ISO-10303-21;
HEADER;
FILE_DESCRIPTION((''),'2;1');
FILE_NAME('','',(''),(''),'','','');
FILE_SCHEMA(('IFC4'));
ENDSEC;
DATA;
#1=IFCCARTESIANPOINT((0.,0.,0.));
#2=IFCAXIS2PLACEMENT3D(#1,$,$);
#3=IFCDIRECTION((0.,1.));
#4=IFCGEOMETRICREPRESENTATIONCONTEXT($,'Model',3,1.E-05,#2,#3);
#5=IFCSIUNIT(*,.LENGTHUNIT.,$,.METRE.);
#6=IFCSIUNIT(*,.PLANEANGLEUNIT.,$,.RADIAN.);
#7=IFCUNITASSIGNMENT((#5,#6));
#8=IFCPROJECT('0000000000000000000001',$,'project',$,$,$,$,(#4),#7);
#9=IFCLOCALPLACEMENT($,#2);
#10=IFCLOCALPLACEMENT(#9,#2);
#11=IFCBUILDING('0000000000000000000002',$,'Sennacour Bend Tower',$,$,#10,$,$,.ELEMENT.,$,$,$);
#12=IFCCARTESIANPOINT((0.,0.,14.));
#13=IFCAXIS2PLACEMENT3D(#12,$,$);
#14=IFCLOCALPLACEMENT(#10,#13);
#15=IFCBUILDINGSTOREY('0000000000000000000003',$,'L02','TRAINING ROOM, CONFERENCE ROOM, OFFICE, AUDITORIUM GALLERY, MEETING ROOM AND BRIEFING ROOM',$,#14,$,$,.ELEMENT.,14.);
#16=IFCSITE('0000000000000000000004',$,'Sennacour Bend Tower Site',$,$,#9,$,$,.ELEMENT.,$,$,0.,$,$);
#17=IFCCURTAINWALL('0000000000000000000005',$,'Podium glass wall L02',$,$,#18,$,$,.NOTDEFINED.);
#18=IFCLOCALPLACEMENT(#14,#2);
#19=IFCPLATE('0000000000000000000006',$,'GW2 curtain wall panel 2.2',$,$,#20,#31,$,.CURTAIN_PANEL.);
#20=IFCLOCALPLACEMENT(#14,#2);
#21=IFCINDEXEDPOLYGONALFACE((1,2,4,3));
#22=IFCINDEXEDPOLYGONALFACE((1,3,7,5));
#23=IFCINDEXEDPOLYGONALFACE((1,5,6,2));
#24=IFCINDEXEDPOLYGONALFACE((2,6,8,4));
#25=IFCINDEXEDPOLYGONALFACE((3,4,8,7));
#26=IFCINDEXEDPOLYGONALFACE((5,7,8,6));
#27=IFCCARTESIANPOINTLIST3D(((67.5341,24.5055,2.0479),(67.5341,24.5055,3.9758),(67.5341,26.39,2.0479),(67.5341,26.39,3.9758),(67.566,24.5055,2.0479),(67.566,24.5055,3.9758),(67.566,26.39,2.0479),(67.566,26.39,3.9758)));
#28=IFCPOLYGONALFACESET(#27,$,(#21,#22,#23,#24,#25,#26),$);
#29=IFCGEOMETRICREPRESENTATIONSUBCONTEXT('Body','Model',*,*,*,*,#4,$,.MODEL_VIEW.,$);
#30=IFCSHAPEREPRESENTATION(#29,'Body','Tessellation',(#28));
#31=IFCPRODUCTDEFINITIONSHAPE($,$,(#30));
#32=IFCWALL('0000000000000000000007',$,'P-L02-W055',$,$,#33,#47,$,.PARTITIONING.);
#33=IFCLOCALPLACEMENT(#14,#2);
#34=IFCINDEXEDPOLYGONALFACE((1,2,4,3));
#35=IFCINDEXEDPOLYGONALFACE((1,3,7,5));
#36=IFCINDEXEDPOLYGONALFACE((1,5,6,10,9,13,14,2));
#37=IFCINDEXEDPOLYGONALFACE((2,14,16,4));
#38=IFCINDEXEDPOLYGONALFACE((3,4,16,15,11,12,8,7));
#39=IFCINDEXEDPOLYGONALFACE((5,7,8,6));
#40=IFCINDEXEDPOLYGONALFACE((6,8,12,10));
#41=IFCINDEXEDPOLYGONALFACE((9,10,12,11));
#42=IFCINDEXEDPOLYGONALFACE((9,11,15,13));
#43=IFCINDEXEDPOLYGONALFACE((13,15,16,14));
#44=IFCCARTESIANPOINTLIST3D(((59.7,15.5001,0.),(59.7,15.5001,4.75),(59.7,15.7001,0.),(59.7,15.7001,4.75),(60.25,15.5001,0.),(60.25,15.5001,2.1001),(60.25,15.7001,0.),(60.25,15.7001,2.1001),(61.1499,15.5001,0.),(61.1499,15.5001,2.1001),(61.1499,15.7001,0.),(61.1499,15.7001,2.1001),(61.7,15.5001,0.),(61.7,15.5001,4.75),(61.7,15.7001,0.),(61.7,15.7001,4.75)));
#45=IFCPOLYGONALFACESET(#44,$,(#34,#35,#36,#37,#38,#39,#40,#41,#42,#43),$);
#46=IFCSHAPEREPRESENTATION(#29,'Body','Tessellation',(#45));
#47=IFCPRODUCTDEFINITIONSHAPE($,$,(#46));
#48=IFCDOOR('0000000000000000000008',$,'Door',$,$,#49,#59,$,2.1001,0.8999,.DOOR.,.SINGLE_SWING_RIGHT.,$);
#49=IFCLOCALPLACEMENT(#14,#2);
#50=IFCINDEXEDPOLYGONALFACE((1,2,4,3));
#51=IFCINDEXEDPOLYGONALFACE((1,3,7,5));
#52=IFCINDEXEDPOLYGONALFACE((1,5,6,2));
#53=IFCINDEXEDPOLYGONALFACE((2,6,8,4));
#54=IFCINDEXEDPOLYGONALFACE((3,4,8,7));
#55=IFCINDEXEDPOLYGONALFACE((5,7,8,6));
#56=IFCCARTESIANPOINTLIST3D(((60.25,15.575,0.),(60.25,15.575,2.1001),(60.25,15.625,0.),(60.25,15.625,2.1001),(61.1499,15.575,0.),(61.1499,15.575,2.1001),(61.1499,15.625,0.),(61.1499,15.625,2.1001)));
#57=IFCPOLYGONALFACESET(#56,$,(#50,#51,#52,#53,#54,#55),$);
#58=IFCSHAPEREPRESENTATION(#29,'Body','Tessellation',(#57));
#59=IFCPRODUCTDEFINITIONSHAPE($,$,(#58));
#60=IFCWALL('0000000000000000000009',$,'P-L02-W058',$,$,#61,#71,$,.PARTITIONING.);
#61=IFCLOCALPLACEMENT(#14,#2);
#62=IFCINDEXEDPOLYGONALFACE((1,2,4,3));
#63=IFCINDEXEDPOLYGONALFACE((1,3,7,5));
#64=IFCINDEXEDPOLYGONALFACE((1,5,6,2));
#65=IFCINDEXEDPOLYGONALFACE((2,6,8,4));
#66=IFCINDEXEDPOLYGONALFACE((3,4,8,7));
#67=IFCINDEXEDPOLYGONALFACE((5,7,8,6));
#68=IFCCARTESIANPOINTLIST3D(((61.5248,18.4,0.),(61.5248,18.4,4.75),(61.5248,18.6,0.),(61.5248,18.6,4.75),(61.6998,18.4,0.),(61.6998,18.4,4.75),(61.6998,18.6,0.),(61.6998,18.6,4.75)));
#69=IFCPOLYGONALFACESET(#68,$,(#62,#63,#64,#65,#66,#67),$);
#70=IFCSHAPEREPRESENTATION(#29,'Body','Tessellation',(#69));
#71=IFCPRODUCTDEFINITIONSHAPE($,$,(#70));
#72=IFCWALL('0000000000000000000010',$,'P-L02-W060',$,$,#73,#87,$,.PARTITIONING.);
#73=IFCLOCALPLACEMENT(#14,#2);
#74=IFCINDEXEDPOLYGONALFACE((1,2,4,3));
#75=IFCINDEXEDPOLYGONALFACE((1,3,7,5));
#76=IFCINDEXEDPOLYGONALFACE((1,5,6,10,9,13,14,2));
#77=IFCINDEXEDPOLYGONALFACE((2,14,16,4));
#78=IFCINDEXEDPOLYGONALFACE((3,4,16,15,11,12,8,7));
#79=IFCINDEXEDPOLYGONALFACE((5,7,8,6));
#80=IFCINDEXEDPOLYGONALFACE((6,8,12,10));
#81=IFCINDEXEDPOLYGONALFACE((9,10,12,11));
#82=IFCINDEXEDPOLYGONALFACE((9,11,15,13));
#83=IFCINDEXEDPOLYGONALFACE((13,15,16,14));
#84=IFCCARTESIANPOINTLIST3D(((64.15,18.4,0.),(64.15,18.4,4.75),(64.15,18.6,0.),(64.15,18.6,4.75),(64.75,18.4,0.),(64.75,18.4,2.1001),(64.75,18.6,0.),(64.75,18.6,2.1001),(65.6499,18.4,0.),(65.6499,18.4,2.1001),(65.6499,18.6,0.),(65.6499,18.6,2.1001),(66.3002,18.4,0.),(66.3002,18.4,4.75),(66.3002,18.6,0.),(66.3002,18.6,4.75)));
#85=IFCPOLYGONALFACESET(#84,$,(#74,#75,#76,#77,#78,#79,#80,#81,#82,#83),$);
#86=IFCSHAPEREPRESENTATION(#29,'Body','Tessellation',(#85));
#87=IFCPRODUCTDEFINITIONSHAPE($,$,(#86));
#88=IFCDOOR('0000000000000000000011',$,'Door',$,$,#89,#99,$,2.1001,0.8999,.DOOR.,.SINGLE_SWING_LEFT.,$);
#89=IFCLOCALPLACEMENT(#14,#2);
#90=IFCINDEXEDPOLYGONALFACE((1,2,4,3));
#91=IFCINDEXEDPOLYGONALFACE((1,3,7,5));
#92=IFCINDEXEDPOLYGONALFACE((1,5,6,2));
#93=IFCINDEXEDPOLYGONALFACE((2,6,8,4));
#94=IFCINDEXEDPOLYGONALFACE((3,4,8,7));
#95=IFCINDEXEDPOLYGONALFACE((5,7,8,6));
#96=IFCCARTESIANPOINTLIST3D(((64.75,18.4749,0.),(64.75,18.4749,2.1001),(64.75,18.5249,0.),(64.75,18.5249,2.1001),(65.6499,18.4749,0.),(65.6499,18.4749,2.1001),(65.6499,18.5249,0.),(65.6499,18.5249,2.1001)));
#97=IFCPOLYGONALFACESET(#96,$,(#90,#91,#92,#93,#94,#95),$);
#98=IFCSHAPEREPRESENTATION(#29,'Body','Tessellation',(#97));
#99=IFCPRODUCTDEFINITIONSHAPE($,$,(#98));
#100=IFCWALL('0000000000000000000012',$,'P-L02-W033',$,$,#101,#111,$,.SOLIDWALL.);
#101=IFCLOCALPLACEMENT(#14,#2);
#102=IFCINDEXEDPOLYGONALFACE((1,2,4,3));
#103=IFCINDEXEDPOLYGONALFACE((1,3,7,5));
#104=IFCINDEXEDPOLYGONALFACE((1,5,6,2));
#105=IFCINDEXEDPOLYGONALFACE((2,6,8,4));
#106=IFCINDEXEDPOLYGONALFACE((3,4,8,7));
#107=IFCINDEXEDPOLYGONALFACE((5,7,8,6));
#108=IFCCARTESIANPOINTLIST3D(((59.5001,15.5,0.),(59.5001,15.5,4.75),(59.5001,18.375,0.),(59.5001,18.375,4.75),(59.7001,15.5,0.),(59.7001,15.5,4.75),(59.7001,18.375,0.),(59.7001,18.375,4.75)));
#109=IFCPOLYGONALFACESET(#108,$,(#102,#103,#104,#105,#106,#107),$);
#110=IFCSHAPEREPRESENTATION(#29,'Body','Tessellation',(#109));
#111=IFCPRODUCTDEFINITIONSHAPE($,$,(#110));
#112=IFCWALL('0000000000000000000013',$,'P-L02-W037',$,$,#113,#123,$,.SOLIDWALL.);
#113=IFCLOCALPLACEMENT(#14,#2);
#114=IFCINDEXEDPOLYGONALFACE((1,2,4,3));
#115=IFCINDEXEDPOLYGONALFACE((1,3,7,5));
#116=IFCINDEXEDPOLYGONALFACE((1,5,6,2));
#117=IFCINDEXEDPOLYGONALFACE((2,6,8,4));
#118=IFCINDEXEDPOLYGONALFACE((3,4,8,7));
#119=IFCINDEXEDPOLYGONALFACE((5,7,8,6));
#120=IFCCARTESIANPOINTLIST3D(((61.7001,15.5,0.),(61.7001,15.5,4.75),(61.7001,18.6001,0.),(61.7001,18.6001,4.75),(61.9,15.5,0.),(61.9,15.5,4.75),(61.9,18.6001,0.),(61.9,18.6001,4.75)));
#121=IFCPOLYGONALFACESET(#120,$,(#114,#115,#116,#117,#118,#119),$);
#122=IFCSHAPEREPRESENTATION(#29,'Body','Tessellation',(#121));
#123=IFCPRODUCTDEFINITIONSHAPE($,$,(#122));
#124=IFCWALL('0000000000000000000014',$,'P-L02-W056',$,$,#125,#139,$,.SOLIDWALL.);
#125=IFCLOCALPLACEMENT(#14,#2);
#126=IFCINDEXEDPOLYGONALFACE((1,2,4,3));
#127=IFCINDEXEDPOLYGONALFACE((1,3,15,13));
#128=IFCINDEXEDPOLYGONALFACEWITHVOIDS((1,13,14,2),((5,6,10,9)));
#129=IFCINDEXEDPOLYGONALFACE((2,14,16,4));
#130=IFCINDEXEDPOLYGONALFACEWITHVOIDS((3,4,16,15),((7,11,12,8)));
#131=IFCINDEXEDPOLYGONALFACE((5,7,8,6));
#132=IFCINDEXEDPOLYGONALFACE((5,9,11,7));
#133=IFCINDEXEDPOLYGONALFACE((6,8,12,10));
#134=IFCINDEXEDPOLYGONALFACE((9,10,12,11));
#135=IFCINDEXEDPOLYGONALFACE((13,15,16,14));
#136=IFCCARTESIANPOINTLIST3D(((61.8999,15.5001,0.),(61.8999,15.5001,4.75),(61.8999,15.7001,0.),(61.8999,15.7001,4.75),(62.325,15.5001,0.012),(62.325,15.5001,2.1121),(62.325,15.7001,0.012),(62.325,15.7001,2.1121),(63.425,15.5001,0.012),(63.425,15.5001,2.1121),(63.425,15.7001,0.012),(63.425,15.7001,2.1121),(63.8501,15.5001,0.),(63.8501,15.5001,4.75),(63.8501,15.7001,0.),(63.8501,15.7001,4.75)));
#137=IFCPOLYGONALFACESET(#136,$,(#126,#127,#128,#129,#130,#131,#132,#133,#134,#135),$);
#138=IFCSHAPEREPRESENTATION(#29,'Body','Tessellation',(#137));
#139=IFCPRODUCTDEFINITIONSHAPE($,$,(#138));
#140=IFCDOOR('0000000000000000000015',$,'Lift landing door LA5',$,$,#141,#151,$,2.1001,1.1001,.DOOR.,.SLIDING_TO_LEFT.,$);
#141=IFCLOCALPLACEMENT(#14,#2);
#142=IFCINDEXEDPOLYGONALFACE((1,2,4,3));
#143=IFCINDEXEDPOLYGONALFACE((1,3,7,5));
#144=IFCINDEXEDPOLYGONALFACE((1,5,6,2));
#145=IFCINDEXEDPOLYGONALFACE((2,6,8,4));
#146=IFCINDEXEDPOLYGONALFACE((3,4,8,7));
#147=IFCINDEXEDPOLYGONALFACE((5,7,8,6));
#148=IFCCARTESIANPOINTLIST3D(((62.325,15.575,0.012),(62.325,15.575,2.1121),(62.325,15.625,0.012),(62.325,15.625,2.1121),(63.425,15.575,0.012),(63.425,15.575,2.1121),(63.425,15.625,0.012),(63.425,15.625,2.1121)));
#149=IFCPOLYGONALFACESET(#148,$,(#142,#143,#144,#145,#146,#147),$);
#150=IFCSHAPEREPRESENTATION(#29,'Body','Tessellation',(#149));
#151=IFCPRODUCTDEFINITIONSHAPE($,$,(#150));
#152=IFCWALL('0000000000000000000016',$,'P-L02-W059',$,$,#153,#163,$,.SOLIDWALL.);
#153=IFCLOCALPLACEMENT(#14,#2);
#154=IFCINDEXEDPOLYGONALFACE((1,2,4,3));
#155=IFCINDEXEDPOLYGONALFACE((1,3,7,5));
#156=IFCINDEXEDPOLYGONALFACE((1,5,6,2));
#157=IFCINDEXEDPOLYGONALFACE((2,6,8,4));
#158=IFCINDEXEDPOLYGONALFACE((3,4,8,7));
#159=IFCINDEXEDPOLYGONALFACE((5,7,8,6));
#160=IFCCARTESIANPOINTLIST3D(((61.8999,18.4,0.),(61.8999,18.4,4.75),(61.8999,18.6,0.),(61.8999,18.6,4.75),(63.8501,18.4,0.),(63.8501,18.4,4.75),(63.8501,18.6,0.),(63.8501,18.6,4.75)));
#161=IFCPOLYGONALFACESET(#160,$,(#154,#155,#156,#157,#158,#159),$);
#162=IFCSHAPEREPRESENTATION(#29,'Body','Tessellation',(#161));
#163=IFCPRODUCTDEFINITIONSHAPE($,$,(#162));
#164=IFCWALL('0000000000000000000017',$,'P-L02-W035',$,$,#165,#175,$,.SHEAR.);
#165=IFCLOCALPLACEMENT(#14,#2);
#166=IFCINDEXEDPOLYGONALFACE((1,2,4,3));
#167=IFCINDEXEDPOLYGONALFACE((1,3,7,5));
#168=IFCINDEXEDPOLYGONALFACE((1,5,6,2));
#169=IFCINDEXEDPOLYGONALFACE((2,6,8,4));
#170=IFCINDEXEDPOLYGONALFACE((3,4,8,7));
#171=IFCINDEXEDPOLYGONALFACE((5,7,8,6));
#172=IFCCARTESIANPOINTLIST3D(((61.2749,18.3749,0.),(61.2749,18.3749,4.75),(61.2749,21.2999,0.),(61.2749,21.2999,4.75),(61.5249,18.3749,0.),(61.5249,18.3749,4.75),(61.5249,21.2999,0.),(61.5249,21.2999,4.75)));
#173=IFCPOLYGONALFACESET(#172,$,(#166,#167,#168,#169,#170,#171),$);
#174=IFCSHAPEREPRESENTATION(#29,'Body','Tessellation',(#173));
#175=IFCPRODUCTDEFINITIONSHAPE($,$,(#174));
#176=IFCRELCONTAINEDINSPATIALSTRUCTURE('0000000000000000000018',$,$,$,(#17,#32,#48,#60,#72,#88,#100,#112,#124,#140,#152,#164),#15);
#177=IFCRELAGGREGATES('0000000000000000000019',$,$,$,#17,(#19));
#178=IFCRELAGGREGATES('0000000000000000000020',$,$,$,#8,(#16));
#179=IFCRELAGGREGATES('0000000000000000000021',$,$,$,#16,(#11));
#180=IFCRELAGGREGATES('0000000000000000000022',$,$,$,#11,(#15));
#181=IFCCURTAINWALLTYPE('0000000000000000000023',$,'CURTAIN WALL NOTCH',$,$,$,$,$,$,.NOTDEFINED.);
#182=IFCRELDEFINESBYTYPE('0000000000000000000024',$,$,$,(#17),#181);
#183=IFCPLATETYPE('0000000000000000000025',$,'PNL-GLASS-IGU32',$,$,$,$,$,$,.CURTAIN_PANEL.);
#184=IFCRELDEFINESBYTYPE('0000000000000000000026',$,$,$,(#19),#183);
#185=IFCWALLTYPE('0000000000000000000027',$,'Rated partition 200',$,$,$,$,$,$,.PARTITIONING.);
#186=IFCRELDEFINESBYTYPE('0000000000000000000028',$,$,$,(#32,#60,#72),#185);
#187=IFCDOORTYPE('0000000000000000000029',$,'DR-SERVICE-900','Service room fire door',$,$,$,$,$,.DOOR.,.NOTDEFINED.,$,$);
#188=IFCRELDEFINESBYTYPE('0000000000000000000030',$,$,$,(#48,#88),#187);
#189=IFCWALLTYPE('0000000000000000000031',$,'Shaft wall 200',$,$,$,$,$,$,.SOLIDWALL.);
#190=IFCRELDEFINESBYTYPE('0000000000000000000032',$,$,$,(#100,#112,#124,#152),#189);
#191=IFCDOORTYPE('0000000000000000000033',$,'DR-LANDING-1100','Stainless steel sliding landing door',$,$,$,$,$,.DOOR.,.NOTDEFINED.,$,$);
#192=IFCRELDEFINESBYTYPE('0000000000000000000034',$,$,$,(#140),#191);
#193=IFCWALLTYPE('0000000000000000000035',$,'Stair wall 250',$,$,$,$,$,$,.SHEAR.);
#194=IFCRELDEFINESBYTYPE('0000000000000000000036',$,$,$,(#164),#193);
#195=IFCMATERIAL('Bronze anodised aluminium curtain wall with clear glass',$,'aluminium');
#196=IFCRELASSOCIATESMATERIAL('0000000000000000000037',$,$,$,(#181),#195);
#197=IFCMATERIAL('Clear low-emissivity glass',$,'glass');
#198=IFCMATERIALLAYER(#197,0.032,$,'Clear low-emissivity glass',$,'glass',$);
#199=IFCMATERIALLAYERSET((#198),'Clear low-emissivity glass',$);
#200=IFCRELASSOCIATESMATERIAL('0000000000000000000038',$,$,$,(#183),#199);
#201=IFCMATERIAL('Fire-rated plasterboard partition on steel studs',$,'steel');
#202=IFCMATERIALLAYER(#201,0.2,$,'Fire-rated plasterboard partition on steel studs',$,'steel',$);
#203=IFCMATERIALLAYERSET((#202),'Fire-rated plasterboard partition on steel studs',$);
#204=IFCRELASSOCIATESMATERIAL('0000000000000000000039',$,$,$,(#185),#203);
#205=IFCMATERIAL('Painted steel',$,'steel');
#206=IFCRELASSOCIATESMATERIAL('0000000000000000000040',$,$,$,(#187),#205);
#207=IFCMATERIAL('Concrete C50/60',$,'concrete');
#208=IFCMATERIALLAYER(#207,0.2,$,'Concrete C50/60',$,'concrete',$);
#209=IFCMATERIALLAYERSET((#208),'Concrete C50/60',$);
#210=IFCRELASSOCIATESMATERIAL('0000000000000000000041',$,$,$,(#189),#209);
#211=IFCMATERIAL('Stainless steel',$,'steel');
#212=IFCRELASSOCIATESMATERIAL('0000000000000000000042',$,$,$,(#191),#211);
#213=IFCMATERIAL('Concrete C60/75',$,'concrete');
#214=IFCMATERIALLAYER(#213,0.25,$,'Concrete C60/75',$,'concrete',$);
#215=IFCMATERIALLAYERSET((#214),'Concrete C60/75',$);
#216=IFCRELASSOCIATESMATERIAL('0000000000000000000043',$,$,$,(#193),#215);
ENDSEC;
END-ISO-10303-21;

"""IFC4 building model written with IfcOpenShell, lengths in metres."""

from ifc_helpers import new_model, si_unit, direction, frame, frame_2d, origin, origin_2d, place, context, subcontext, project, spatial, rectangle, extrude, material, layer, layer_set, type_object, element, fill, aggregate, save


model = new_model("IFC4")

# Units and contexts
model_context = context("Model", 3, precision=1e-05, world=origin(), true_north=direction((0.0, 1.0)))
body_context = subcontext(model_context, "Body", "Model", "MODEL_VIEW")
ifc_project = project(units=[si_unit("LENGTHUNIT", "METRE"), si_unit("PLANEANGLEUNIT", "RADIAN")], contexts=[model_context])

# Site, building, storey
site_placement = place(None, origin())
site = spatial("IfcSite", under=ifc_project, at=site_placement, Name="Sennacour Bend Tower Site", CompositionType="ELEMENT", RefElevation=0.0)
building_placement = place(site_placement, origin())
building = spatial("IfcBuilding", under=site, at=building_placement, Name="Sennacour Bend Tower", CompositionType="ELEMENT")
storey_placement = place(building_placement, frame((0.0, 0.0, 14.0)))
storey = spatial("IfcBuildingStorey", under=building, at=storey_placement, Name="L02", Description="TRAINING ROOM, CONFERENCE ROOM, OFFICE, AUDITORIUM GALLERY, MEETING ROOM AND BRIEFING ROOM", CompositionType="ELEMENT", Elevation=14.0)

# Curtain wall
ifc_material_1 = material(Name="Bronze anodised aluminium curtain wall with clear glass", Category="aluminium")
curtain_wall_type = type_object("IfcCurtainWallType", Name="CURTAIN WALL NOTCH", PredefinedType="NOTDEFINED", material=ifc_material_1)
curtain_wall_placement = place(storey_placement, origin())
curtain_wall = element("IfcCurtainWall", 1, at=curtain_wall_placement, inside=storey, type_object=curtain_wall_type, Name="Podium glass wall L02", PredefinedType="NOTDEFINED")

# Plate
ifc_material_2 = material(Name="Clear low-emissivity glass", Category="glass")
ifc_layer_1 = layer(ifc_material_2, 0.032, Name="Clear low-emissivity glass", Category="glass")
ifc_layer_set_1 = layer_set([ifc_layer_1], Name="Clear low-emissivity glass")
plate_type = type_object("IfcPlateType", Name="PNL-GLASS-IGU32", PredefinedType="CURTAIN_PANEL", material=ifc_layer_set_1)
plate_1_placement = place(storey_placement, frame((67.55, 25.4478, 2.0479), z_axis=(0.0, 0.0, 1.0), x_axis=(0.0, 1.0, 0.0)))
plate_1 = element("IfcPlate", 2, at=plate_1_placement, type_object=plate_type, Name="GW2 curtain wall panel 2.2", PredefinedType="CURTAIN_PANEL", context=body_context, shape_type="SweptSolid", body=[
    extrude(rectangle(XDim=1.8845, YDim=0.032, at=origin_2d()), origin(), (0.0, 0.0, 1.0), 1.928),
])
aggregate(curtain_wall, [plate_1])

# Wall, opening, door
ifc_material_3 = material(Name="Fire-rated plasterboard partition on steel studs", Category="steel")
ifc_layer_2 = layer(ifc_material_3, 0.2, Name="Fire-rated plasterboard partition on steel studs", Category="steel")
ifc_layer_set_2 = layer_set([ifc_layer_2], Name="Fire-rated plasterboard partition on steel studs")
wall_type_1 = type_object("IfcWallType", Name="Rated partition 200", PredefinedType="PARTITIONING", material=ifc_layer_set_2)
wall_1_placement = place(storey_placement, frame((59.7, 15.6001, 0.0), z_axis=(0.0, 0.0, 1.0), x_axis=(1.0, 0.0, 0.0)))
wall_1 = element("IfcWall", 3, at=wall_1_placement, inside=storey, type_object=wall_type_1, Name="P-L02-W055", PredefinedType="PARTITIONING", context=body_context, shape_type="SweptSolid", body=[
    extrude(rectangle(XDim=2.0, YDim=0.2, at=frame_2d((1.0, 0.0))), origin(), (0.0, 0.0, 1.0), 4.75),
])
opening_1_placement = place(wall_1_placement, frame((0.55, 0.0, 0.0)))
opening_1 = element("IfcOpeningElement", 4, at=opening_1_placement, cuts=wall_1, PredefinedType="OPENING", context=body_context, shape_type="SweptSolid", body=[
    extrude(rectangle(XDim=0.8999, YDim=2.1001, at=frame_2d((0.45, 1.05))), frame((0.0, 0.1099, 0.0), z_axis=(0.0, -1.0, 0.0), x_axis=(1.0, 0.0, 0.0)), (0.0, 0.0, 1.0), 0.22),
])
ifc_material_4 = material(Name="Painted steel", Category="steel")
door_type_1 = type_object("IfcDoorType", Name="DR-SERVICE-900", Description="Service room fire door", OperationType="NOTDEFINED", PredefinedType="DOOR", material=ifc_material_4)
door_1_placement = place(opening_1_placement, origin())
door_1 = element("IfcDoor", 5, at=door_1_placement, inside=storey, type_object=door_type_1, Name="Door", OperationType="SINGLE_SWING_RIGHT", OverallHeight=2.1001, OverallWidth=0.8999, PredefinedType="DOOR", context=body_context, shape_type="SweptSolid", body=[
    extrude(rectangle(XDim=0.8999, YDim=2.1001, at=frame_2d((0.45, 1.05))), frame((0.0, 0.0249, 0.0), z_axis=(0.0, -1.0, 0.0), x_axis=(1.0, 0.0, 0.0)), (0.0, 0.0, 1.0), 0.05),
])
fill(opening_1, door_1)

# Wall
wall_2_placement = place(storey_placement, frame((61.5249, 18.5, 0.0), z_axis=(0.0, 0.0, 1.0), x_axis=(1.0, 0.0, 0.0)))
element("IfcWall", 6, at=wall_2_placement, inside=storey, type_object=wall_type_1, Name="P-L02-W058", PredefinedType="PARTITIONING", context=body_context, shape_type="SweptSolid", body=[
    extrude(rectangle(XDim=0.175, YDim=0.2, at=frame_2d((0.0874, 0.0))), origin(), (0.0, 0.0, 1.0), 4.75),
])

# Wall, opening, door
wall_3_placement = place(storey_placement, frame((64.1499, 18.5, 0.0), z_axis=(0.0, 0.0, 1.0), x_axis=(1.0, 0.0, 0.0)))
wall_3 = element("IfcWall", 7, at=wall_3_placement, inside=storey, type_object=wall_type_1, Name="P-L02-W060", PredefinedType="PARTITIONING", context=body_context, shape_type="SweptSolid", body=[
    extrude(rectangle(XDim=2.1501, YDim=0.2, at=frame_2d((1.0752, 0.0))), origin(), (0.0, 0.0, 1.0), 4.75),
])
opening_2_placement = place(wall_3_placement, frame((0.6001, 0.0, 0.0)))
opening_2 = element("IfcOpeningElement", 8, at=opening_2_placement, cuts=wall_3, PredefinedType="OPENING", context=body_context, shape_type="SweptSolid", body=[
    extrude(rectangle(XDim=0.8999, YDim=2.1001, at=frame_2d((0.45, 1.05))), frame((0.0, 0.1099, 0.0), z_axis=(0.0, -1.0, 0.0), x_axis=(1.0, 0.0, 0.0)), (0.0, 0.0, 1.0), 0.22),
])
door_2_placement = place(opening_2_placement, origin())
door_2 = element("IfcDoor", 9, at=door_2_placement, inside=storey, type_object=door_type_1, Name="Door", OperationType="SINGLE_SWING_LEFT", OverallHeight=2.1001, OverallWidth=0.8999, PredefinedType="DOOR", context=body_context, shape_type="SweptSolid", body=[
    extrude(rectangle(XDim=0.8999, YDim=2.1001, at=frame_2d((0.45, 1.05))), frame((0.0, 0.0249, 0.0), z_axis=(0.0, -1.0, 0.0), x_axis=(1.0, 0.0, 0.0)), (0.0, 0.0, 1.0), 0.05),
])
fill(opening_2, door_2)

# Walls
ifc_material_5 = material(Name="Concrete C50/60", Category="concrete")
ifc_layer_3 = layer(ifc_material_5, 0.2, Name="Concrete C50/60", Category="concrete")
ifc_layer_set_3 = layer_set([ifc_layer_3], Name="Concrete C50/60")
wall_type_2 = type_object("IfcWallType", Name="Shaft wall 200", PredefinedType="SOLIDWALL", material=ifc_layer_set_3)
wall_4_placement = place(storey_placement, frame((59.6001, 15.5, 0.0), z_axis=(0.0, 0.0, 1.0), x_axis=(0.0, 1.0, 0.0)))
element("IfcWall", 10, at=wall_4_placement, inside=storey, type_object=wall_type_2, Name="P-L02-W033", PredefinedType="SOLIDWALL", context=body_context, shape_type="SweptSolid", body=[
    extrude(rectangle(XDim=2.875, YDim=0.2, at=frame_2d((1.4375, 0.0))), origin(), (0.0, 0.0, 1.0), 4.75),
])
wall_5_placement = place(storey_placement, frame((61.8, 15.5, 0.0), z_axis=(0.0, 0.0, 1.0), x_axis=(0.0, 1.0, 0.0)))
element("IfcWall", 11, at=wall_5_placement, inside=storey, type_object=wall_type_2, Name="P-L02-W037", PredefinedType="SOLIDWALL", context=body_context, shape_type="SweptSolid", body=[
    extrude(rectangle(XDim=3.1001, YDim=0.2, at=frame_2d((1.55, 0.0))), origin(), (0.0, 0.0, 1.0), 4.75),
])

# Wall, opening, door
wall_6_placement = place(storey_placement, frame((61.8999, 15.6001, 0.0), z_axis=(0.0, 0.0, 1.0), x_axis=(1.0, 0.0, 0.0)))
wall_6 = element("IfcWall", 12, at=wall_6_placement, inside=storey, type_object=wall_type_2, Name="P-L02-W056", PredefinedType="SOLIDWALL", context=body_context, shape_type="SweptSolid", body=[
    extrude(rectangle(XDim=1.9502, YDim=0.2, at=frame_2d((0.9751, 0.0))), origin(), (0.0, 0.0, 1.0), 4.75),
])
opening_3_placement = place(wall_6_placement, frame((0.425, 0.0, 0.012)))
opening_3 = element("IfcOpeningElement", 13, at=opening_3_placement, cuts=wall_6, PredefinedType="OPENING", context=body_context, shape_type="SweptSolid", body=[
    extrude(rectangle(XDim=1.1001, YDim=2.1001, at=frame_2d((0.55, 1.05))), frame((0.0, 0.1099, 0.0), z_axis=(0.0, -1.0, 0.0), x_axis=(1.0, 0.0, 0.0)), (0.0, 0.0, 1.0), 0.22),
])
ifc_material_6 = material(Name="Stainless steel", Category="steel")
door_type_2 = type_object("IfcDoorType", Name="DR-LANDING-1100", Description="Stainless steel sliding landing door", OperationType="NOTDEFINED", PredefinedType="DOOR", material=ifc_material_6)
door_3_placement = place(opening_3_placement, origin())
door_3 = element("IfcDoor", 14, at=door_3_placement, inside=storey, type_object=door_type_2, Name="Lift landing door LA5", OperationType="SLIDING_TO_LEFT", OverallHeight=2.1001, OverallWidth=1.1001, PredefinedType="DOOR", context=body_context, shape_type="SweptSolid", body=[
    extrude(rectangle(XDim=1.1001, YDim=2.1001, at=frame_2d((0.55, 1.05))), frame((0.0, 0.0249, 0.0), z_axis=(0.0, -1.0, 0.0), x_axis=(1.0, 0.0, 0.0)), (0.0, 0.0, 1.0), 0.05),
])
fill(opening_3, door_3)

# Walls
wall_7_placement = place(storey_placement, frame((61.8999, 18.5, 0.0), z_axis=(0.0, 0.0, 1.0), x_axis=(1.0, 0.0, 0.0)))
element("IfcWall", 15, at=wall_7_placement, inside=storey, type_object=wall_type_2, Name="P-L02-W059", PredefinedType="SOLIDWALL", context=body_context, shape_type="SweptSolid", body=[
    extrude(rectangle(XDim=1.9502, YDim=0.2, at=frame_2d((0.9751, 0.0))), origin(), (0.0, 0.0, 1.0), 4.75),
])
ifc_material_7 = material(Name="Concrete C60/75", Category="concrete")
ifc_layer_4 = layer(ifc_material_7, 0.25, Name="Concrete C60/75", Category="concrete")
ifc_layer_set_4 = layer_set([ifc_layer_4], Name="Concrete C60/75")
wall_type_3 = type_object("IfcWallType", Name="Stair wall 250", PredefinedType="SHEAR", material=ifc_layer_set_4)
wall_8_placement = place(storey_placement, frame((61.3999, 18.375, 0.0), z_axis=(0.0, 0.0, 1.0), x_axis=(0.0, 1.0, 0.0)))
element("IfcWall", 16, at=wall_8_placement, inside=storey, type_object=wall_type_3, Name="P-L02-W035", PredefinedType="SHEAR", context=body_context, shape_type="SweptSolid", body=[
    extrude(rectangle(XDim=2.925, YDim=0.25, at=frame_2d((1.4624, 0.0))), origin(), (0.0, 0.0, 1.0), 4.75),
])

save(model, "model.ifc")
